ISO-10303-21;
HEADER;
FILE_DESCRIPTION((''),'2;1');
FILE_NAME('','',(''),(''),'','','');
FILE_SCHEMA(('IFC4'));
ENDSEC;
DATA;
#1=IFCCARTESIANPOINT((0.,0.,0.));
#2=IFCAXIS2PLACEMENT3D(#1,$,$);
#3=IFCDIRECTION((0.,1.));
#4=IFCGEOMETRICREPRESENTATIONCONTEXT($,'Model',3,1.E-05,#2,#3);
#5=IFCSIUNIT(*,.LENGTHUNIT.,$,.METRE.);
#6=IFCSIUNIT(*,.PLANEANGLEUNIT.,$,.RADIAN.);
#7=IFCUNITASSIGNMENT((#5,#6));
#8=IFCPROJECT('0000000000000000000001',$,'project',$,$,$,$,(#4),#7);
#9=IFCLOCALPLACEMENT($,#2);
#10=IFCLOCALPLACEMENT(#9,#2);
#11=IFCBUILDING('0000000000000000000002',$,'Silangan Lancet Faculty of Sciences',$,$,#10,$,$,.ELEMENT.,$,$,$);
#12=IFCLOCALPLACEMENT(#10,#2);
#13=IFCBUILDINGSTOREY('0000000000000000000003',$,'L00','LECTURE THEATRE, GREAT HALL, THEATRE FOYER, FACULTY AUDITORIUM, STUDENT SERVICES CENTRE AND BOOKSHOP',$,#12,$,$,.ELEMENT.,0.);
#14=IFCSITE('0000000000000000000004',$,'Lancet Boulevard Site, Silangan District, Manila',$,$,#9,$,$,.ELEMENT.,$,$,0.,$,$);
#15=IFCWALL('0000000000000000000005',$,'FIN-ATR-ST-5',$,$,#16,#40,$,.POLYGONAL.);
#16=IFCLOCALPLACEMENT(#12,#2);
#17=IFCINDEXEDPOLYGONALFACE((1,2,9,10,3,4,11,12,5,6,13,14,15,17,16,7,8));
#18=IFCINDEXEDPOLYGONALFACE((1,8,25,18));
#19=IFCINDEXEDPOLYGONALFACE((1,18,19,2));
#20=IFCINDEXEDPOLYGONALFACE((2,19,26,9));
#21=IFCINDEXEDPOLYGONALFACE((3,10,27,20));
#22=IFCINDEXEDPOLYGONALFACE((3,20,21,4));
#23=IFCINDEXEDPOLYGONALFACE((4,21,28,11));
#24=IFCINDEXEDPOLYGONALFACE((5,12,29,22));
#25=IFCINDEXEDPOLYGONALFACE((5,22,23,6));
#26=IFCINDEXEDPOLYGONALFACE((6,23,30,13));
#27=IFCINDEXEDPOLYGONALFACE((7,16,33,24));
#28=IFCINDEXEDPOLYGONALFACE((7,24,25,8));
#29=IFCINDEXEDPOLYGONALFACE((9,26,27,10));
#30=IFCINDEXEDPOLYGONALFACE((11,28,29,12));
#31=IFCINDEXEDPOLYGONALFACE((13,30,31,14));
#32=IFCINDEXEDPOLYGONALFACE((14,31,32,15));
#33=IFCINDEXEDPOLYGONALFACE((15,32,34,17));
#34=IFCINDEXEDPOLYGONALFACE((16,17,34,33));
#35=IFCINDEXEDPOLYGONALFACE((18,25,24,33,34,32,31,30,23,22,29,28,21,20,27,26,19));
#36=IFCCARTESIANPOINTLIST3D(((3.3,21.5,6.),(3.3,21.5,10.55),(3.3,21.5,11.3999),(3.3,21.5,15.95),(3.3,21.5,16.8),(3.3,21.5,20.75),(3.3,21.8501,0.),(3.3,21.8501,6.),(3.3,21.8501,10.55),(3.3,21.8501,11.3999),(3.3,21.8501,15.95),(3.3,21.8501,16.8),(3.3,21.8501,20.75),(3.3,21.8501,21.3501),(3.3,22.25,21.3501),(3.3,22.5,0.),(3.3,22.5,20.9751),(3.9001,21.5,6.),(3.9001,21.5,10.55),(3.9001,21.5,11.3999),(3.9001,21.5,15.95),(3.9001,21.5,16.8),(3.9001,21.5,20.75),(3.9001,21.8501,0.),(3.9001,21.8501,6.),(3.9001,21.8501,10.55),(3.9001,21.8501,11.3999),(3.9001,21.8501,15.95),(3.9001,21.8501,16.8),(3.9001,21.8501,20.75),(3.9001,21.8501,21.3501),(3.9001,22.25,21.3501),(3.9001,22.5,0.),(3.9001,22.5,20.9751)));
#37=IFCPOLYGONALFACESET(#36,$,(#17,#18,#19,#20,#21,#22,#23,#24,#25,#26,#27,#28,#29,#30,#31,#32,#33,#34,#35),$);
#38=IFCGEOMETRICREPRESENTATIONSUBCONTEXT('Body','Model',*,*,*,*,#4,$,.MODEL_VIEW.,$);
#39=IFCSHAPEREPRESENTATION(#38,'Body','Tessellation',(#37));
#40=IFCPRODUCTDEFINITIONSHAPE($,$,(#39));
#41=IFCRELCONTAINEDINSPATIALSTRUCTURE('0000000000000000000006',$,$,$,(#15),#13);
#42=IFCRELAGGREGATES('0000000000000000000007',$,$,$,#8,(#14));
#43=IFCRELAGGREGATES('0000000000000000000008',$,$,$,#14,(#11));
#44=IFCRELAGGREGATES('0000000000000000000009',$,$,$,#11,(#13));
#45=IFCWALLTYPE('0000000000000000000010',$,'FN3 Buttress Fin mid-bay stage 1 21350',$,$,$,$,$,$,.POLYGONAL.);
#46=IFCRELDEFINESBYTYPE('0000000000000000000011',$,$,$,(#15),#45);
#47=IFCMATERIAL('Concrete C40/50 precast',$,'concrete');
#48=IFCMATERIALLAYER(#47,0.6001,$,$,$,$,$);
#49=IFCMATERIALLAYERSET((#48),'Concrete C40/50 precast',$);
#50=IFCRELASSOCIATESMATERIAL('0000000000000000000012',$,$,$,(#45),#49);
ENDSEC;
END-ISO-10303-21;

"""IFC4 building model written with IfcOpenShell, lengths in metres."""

from ifc_helpers import new_model, si_unit, direction, frame, origin, place, context, subcontext, project, spatial, polyline, outline, extrude, material, layer, layer_set, type_object, element, save


model = new_model("IFC4")

# Units and contexts
model_context = context("Model", 3, precision=1e-05, world=origin(), true_north=direction((0.0, 1.0)))
body_context = subcontext(model_context, "Body", "Model", "MODEL_VIEW")
ifc_project = project(units=[si_unit("LENGTHUNIT", "METRE"), si_unit("PLANEANGLEUNIT", "RADIAN")], contexts=[model_context])

# Site, building, storey
site_placement = place(None, origin())
site = spatial("IfcSite", under=ifc_project, at=site_placement, Name="Lancet Boulevard Site, Silangan District, Manila", CompositionType="ELEMENT", RefElevation=0.0)
building_placement = place(site_placement, origin())
building = spatial("IfcBuilding", under=site, at=building_placement, Name="Silangan Lancet Faculty of Sciences", CompositionType="ELEMENT")
storey_placement = place(building_placement, origin())
storey = spatial("IfcBuildingStorey", under=building, at=storey_placement, Name="L00", Description="LECTURE THEATRE, GREAT HALL, THEATRE FOYER, FACULTY AUDITORIUM, STUDENT SERVICES CENTRE AND BOOKSHOP", CompositionType="ELEMENT", Elevation=0.0)

# Wall
ifc_material_1 = material(Name="Concrete C40/50 precast", Category="concrete")
ifc_layer_1 = layer(ifc_material_1, 0.6001)
ifc_layer_set_1 = layer_set([ifc_layer_1], Name="Concrete C40/50 precast")
wall_type_1 = type_object("IfcWallType", Name="FN3 Buttress Fin mid-bay stage 1 21350", PredefinedType="POLYGONAL", material=ifc_layer_set_1)
wall_1_placement = place(storey_placement, frame((3.6001, 21.5, 0.0), z_axis=(0.0, 0.0, 1.0), x_axis=(0.0, 1.0, 0.0)))
element("IfcWall", 1, at=wall_1_placement, inside=storey, type_object=wall_type_1, Name="FIN-ATR-ST-5", PredefinedType="POLYGONAL", context=body_context, shape_type="SweptSolid", body=[
    extrude(outline(polyline([(1.0, 0.0), (1.0, 20.9751), (0.75, 21.3501), (0.3501, 21.3501), (0.3501, 20.75), (0.0, 20.75), (0.0, 16.8), (0.3501, 16.8), (0.3501, 15.95), (0.0, 15.95), (0.0, 11.3999), (0.3501, 11.3999), (0.3501, 10.55), (0.0, 10.55), (0.0, 6.0), (0.3501, 6.0), (0.3501, 0.0), (1.0, 0.0)])), frame((0.0, 0.3, 0.0), z_axis=(0.0, -1.0, 0.0), x_axis=(1.0, 0.0, 0.0)), (0.0, 0.0, 1.0), 0.6001),
])

save(model, "model.ifc")
